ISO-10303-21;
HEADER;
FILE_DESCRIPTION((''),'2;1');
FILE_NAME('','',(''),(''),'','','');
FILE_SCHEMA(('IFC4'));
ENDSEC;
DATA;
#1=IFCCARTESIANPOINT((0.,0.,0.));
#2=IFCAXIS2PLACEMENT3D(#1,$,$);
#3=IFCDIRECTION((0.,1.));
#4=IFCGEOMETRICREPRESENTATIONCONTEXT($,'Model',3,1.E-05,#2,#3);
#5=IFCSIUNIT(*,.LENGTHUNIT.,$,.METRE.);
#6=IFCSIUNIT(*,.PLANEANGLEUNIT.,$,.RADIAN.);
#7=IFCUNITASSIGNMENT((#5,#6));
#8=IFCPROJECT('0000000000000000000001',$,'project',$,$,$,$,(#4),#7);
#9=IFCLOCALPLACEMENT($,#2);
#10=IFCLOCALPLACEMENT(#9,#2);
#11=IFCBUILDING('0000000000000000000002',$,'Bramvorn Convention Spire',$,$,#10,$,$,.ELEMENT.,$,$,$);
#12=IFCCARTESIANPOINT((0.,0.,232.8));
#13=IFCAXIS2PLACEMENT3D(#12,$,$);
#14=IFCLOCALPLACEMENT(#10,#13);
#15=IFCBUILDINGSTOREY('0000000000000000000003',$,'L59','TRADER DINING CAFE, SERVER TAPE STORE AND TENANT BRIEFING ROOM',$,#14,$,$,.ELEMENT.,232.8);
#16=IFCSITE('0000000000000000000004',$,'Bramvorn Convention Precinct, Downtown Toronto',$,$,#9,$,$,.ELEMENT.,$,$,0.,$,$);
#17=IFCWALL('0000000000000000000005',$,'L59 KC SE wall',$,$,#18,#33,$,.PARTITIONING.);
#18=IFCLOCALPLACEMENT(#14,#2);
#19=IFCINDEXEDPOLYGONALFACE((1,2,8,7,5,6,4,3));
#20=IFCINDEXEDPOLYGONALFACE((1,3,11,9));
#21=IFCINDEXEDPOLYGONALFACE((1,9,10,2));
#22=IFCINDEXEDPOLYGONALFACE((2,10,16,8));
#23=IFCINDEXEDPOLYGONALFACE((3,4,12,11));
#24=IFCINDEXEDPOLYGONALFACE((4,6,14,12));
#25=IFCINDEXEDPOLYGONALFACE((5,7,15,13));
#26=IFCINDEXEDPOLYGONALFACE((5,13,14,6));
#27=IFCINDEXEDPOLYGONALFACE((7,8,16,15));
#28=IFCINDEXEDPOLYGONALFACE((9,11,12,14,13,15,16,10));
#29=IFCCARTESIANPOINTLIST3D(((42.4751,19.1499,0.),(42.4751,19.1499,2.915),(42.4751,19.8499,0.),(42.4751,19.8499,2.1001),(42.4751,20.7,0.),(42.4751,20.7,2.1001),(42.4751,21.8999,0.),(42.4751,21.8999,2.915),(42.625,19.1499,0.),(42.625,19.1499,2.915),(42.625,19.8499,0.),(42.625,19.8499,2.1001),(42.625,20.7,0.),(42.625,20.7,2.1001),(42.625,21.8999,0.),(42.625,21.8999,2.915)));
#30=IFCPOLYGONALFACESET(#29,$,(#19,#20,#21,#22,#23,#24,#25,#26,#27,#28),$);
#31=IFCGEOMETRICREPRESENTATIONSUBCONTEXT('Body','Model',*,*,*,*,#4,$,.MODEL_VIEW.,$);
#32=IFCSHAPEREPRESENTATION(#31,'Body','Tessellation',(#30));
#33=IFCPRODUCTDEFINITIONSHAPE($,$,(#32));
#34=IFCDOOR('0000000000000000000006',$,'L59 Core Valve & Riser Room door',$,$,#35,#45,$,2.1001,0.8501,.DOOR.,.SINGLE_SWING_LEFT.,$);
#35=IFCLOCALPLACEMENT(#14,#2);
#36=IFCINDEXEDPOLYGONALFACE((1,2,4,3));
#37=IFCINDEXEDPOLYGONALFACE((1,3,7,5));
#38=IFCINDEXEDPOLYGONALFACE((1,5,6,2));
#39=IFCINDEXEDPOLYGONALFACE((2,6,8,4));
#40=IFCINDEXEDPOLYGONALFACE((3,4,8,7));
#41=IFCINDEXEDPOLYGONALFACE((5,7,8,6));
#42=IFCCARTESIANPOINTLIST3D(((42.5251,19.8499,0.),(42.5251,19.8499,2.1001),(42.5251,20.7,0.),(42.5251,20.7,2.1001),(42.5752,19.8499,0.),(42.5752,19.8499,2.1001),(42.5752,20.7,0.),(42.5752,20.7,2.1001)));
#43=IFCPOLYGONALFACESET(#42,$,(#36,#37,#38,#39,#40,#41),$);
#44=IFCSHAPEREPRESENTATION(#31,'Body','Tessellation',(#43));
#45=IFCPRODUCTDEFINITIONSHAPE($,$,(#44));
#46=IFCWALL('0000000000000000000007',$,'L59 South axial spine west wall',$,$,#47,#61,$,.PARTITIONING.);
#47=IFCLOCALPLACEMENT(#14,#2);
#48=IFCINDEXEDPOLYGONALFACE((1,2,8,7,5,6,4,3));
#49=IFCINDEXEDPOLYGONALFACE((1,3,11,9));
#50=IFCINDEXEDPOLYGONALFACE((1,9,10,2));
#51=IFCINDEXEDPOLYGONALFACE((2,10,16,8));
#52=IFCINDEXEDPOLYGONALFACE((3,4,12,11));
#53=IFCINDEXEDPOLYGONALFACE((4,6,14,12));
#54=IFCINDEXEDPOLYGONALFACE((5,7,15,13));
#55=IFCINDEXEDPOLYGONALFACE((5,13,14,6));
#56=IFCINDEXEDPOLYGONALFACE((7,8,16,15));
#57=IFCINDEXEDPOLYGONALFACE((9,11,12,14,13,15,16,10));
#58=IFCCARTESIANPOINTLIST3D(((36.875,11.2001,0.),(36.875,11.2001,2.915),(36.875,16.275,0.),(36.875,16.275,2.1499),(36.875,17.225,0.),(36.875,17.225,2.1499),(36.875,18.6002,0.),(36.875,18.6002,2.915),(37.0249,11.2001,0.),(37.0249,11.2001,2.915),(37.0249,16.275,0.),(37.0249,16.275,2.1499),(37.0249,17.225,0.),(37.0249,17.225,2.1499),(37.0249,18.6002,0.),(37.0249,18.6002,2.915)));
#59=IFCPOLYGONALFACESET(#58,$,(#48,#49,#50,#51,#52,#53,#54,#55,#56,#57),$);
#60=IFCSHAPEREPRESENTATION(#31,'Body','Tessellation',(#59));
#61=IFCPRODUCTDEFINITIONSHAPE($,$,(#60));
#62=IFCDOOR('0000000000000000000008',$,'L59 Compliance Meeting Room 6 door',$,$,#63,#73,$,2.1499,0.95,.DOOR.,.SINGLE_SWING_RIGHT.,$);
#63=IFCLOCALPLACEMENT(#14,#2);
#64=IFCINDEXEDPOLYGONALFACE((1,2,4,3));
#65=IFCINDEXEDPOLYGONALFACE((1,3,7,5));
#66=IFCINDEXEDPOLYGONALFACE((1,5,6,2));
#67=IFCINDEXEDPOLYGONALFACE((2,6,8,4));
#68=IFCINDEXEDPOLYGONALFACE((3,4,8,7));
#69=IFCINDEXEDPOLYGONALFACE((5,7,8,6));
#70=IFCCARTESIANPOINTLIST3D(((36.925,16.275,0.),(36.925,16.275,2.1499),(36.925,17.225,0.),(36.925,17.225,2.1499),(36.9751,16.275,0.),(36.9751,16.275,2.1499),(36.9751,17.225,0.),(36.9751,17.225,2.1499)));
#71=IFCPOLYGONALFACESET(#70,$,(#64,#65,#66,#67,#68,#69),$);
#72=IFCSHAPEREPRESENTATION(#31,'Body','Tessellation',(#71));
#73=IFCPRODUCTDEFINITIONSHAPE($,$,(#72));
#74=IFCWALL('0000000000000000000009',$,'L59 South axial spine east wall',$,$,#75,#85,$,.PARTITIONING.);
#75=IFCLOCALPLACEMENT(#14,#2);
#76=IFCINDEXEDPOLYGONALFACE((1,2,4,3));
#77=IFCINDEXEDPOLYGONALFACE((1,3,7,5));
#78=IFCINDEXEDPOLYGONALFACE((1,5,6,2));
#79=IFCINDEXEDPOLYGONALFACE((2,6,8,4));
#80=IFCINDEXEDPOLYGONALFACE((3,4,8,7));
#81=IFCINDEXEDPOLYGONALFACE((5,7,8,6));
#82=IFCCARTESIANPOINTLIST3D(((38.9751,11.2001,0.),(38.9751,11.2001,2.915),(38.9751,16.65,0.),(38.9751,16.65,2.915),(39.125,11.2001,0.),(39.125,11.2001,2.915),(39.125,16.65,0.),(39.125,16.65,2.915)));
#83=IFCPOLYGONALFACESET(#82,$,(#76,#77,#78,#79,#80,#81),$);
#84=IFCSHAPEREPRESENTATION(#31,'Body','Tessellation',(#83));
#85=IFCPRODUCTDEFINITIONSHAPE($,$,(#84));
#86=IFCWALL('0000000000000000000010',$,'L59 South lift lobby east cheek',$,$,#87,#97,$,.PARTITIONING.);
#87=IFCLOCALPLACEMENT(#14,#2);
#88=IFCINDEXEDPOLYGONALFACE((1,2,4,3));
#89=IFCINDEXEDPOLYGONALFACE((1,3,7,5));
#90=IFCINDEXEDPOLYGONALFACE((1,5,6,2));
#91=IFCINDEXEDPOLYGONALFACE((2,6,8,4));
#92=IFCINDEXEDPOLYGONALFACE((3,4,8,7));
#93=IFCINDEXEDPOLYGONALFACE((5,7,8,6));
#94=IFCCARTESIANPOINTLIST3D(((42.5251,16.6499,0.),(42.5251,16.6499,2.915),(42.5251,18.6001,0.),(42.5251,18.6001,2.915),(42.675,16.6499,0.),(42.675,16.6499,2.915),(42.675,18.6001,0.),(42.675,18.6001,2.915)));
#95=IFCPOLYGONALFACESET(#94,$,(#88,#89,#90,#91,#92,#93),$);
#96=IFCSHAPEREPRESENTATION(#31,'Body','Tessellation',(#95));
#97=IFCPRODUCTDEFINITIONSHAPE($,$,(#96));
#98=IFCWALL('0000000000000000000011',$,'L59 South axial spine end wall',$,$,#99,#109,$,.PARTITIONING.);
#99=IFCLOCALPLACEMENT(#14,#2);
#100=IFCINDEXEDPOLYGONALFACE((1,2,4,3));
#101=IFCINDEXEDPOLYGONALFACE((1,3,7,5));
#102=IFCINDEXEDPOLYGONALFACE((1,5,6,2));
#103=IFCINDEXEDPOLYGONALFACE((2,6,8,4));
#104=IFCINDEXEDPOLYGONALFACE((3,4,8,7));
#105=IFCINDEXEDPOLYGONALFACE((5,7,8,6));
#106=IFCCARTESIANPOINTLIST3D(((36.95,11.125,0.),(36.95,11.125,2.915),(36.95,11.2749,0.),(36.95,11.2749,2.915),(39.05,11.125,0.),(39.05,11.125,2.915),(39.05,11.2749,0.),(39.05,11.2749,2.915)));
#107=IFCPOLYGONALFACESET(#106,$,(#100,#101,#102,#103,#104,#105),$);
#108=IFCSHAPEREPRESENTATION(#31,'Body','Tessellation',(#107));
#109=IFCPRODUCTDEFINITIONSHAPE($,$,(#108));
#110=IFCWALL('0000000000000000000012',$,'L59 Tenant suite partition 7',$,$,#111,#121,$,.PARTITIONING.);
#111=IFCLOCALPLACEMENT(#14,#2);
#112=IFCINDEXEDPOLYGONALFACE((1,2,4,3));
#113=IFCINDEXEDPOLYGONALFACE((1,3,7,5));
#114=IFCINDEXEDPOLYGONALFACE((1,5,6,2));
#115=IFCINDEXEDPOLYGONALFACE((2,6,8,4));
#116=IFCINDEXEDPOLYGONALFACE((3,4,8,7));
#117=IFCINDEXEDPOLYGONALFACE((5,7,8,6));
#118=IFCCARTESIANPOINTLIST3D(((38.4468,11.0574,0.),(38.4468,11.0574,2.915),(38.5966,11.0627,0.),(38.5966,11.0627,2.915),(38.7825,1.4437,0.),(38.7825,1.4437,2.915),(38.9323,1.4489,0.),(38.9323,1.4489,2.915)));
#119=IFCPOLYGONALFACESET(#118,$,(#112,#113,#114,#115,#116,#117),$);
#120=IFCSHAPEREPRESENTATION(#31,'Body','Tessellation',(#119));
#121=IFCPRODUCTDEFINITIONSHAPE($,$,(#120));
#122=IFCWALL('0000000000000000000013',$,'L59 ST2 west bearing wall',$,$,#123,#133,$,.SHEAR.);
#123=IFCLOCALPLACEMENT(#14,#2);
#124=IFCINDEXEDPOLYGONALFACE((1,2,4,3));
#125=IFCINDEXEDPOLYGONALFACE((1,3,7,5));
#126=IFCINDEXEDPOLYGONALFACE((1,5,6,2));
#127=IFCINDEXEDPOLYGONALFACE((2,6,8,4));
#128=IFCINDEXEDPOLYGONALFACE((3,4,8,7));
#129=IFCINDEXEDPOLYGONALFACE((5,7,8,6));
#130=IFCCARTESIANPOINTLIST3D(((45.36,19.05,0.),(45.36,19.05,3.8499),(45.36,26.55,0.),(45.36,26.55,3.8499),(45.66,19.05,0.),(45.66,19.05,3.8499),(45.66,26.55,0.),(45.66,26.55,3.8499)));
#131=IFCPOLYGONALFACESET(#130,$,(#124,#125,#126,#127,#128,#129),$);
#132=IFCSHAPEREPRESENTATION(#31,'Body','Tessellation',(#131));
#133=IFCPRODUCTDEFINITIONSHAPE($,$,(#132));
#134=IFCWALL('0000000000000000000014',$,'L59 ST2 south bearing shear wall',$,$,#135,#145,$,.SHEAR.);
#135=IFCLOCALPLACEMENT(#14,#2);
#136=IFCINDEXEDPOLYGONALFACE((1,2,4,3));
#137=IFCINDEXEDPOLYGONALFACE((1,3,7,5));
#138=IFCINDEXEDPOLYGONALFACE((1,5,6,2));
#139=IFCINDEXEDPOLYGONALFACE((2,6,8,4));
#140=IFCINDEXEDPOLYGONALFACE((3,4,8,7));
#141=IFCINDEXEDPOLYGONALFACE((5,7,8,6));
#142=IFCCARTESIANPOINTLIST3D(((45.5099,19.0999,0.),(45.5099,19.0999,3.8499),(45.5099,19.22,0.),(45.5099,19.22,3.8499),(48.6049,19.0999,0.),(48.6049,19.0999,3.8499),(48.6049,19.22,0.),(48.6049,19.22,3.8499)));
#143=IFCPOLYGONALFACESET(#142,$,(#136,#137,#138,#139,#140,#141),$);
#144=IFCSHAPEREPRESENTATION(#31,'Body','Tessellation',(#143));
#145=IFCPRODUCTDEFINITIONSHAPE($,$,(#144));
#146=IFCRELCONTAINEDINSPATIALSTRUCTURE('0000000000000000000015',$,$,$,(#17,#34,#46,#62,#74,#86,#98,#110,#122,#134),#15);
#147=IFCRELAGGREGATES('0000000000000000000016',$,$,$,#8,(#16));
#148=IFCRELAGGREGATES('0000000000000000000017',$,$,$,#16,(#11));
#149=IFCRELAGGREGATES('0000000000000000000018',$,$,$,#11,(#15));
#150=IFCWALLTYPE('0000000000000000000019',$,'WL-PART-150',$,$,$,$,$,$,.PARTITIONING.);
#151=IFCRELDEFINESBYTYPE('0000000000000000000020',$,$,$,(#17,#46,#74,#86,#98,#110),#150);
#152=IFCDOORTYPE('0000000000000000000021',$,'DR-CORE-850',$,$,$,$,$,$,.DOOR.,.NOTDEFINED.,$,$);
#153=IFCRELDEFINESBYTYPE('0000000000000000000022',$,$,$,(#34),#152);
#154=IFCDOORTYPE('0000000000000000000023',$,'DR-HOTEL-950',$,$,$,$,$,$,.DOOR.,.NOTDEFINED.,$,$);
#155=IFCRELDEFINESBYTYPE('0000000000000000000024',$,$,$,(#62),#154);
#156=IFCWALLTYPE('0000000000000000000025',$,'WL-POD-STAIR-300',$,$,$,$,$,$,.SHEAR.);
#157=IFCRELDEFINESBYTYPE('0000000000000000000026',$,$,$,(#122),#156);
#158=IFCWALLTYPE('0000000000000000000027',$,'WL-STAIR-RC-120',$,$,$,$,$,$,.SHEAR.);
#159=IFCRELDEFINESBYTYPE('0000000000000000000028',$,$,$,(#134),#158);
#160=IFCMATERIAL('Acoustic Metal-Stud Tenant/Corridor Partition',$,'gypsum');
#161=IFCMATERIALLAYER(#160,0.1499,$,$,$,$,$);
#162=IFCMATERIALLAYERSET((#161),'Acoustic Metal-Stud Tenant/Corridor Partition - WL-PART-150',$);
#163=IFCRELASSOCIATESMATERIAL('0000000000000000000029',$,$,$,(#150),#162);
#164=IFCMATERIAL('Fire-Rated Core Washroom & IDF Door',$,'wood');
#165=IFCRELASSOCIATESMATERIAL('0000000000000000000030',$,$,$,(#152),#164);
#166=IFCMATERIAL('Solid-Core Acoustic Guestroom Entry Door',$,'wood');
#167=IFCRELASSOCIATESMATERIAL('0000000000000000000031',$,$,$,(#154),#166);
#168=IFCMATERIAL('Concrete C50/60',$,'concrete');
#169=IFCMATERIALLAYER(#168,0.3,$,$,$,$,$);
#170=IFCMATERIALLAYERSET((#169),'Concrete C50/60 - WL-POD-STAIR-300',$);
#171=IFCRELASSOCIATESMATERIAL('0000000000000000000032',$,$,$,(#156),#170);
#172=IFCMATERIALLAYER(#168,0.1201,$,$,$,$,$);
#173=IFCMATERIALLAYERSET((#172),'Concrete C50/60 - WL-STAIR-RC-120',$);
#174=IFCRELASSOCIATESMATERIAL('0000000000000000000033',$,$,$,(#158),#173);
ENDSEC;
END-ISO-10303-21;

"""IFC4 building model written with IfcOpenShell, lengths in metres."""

from ifc_helpers import new_model, si_unit, direction, frame, frame_2d, origin, place, context, subcontext, project, spatial, rectangle, extrude, material, layer, layer_set, type_object, element, fill, save


model = new_model("IFC4")

# Units and contexts
model_context = context("Model", 3, precision=1e-05, world=origin(), true_north=direction((0.0, 1.0)))
body_context = subcontext(model_context, "Body", "Model", "MODEL_VIEW")
ifc_project = project(units=[si_unit("LENGTHUNIT", "METRE"), si_unit("PLANEANGLEUNIT", "RADIAN")], contexts=[model_context])

# Site, building, storey
site_placement = place(None, origin())
site = spatial("IfcSite", under=ifc_project, at=site_placement, Name="Bramvorn Convention Precinct, Downtown Toronto", CompositionType="ELEMENT", RefElevation=0.0)
building_placement = place(site_placement, origin())
building = spatial("IfcBuilding", under=site, at=building_placement, Name="Bramvorn Convention Spire", CompositionType="ELEMENT")
storey_placement = place(building_placement, frame((0.0, 0.0, 232.8)))
storey = spatial("IfcBuildingStorey", under=building, at=storey_placement, Name="L59", Description="TRADER DINING CAFE, SERVER TAPE STORE AND TENANT BRIEFING ROOM", CompositionType="ELEMENT", Elevation=232.8)

# Shared definitions
ifc_material_1 = material(Name="Concrete C50/60", Category="concrete")

# Walls, openings, doors
ifc_material_2 = material(Name="Acoustic Metal-Stud Tenant/Corridor Partition", Category="gypsum")
ifc_layer_1 = layer(ifc_material_2, 0.1499)
ifc_layer_set_1 = layer_set([ifc_layer_1], Name="Acoustic Metal-Stud Tenant/Corridor Partition - WL-PART-150")
wall_type_1 = type_object("IfcWallType", Name="WL-PART-150", PredefinedType="PARTITIONING", material=ifc_layer_set_1)
wall_1_placement = place(storey_placement, frame((42.55, 19.1499, 0.0), z_axis=(0.0, 0.0, 1.0), x_axis=(0.0, 1.0, 0.0)))
wall_1 = element("IfcWall", 1, at=wall_1_placement, inside=storey, type_object=wall_type_1, Name="L59 KC SE wall", PredefinedType="PARTITIONING", context=body_context, shape_type="SweptSolid", body=[
    extrude(rectangle(XDim=2.75, YDim=0.1499, at=frame_2d((1.375, 0.0))), origin(), (0.0, 0.0, 1.0), 2.915),
])
opening_1_placement = place(wall_1_placement, frame((0.7, 0.0, 0.0)))
opening_1 = element("IfcOpeningElement", 2, at=opening_1_placement, cuts=wall_1, PredefinedType="OPENING", context=body_context, shape_type="SweptSolid", body=[
    extrude(rectangle(XDim=0.8501, YDim=2.1001, at=frame_2d((0.425, 1.05))), frame((0.0, 0.085, 0.0), z_axis=(0.0, -1.0, 0.0), x_axis=(1.0, 0.0, 0.0)), (0.0, 0.0, 1.0), 0.1699),
])
ifc_material_3 = material(Name="Fire-Rated Core Washroom & IDF Door", Category="wood")
door_type_1 = type_object("IfcDoorType", Name="DR-CORE-850", OperationType="NOTDEFINED", PredefinedType="DOOR", material=ifc_material_3)
door_1_placement = place(opening_1_placement, origin())
door_1 = element("IfcDoor", 3, at=door_1_placement, inside=storey, type_object=door_type_1, Name="L59 Core Valve & Riser Room door", OperationType="SINGLE_SWING_LEFT", OverallHeight=2.1001, OverallWidth=0.8501, PredefinedType="DOOR", context=body_context, shape_type="SweptSolid", body=[
    extrude(rectangle(XDim=0.8501, YDim=2.1001, at=frame_2d((0.425, 1.05))), frame((0.0, 0.0249, 0.0), z_axis=(0.0, -1.0, 0.0), x_axis=(1.0, 0.0, 0.0)), (0.0, 0.0, 1.0), 0.05),
])
fill(opening_1, door_1)
wall_2_placement = place(storey_placement, frame((36.95, 11.2, 0.0), z_axis=(0.0, 0.0, 1.0), x_axis=(0.0, 1.0, 0.0)))
wall_2 = element("IfcWall", 4, at=wall_2_placement, inside=storey, type_object=wall_type_1, Name="L59 South axial spine west wall", PredefinedType="PARTITIONING", context=body_context, shape_type="SweptSolid", body=[
    extrude(rectangle(XDim=7.4001, YDim=0.1499, at=frame_2d((3.7002, 0.0))), origin(), (0.0, 0.0, 1.0), 2.915),
])
opening_2_placement = place(wall_2_placement, frame((5.075, 0.0, 0.0)))
opening_2 = element("IfcOpeningElement", 5, at=opening_2_placement, cuts=wall_2, PredefinedType="OPENING", context=body_context, shape_type="SweptSolid", body=[
    extrude(rectangle(XDim=0.95, YDim=2.1499, at=frame_2d((0.4751, 1.075))), frame((0.0, 0.085, 0.0), z_axis=(0.0, -1.0, 0.0), x_axis=(1.0, 0.0, 0.0)), (0.0, 0.0, 1.0), 0.1699),
])
ifc_material_4 = material(Name="Solid-Core Acoustic Guestroom Entry Door", Category="wood")
door_type_2 = type_object("IfcDoorType", Name="DR-HOTEL-950", OperationType="NOTDEFINED", PredefinedType="DOOR", material=ifc_material_4)
door_2_placement = place(opening_2_placement, origin())
door_2 = element("IfcDoor", 6, at=door_2_placement, inside=storey, type_object=door_type_2, Name="L59 Compliance Meeting Room 6 door", OperationType="SINGLE_SWING_RIGHT", OverallHeight=2.1499, OverallWidth=0.95, PredefinedType="DOOR", context=body_context, shape_type="SweptSolid", body=[
    extrude(rectangle(XDim=0.95, YDim=2.1499, at=frame_2d((0.4751, 1.075))), frame((0.0, 0.0249, 0.0), z_axis=(0.0, -1.0, 0.0), x_axis=(1.0, 0.0, 0.0)), (0.0, 0.0, 1.0), 0.05),
])
fill(opening_2, door_2)

# Wall
wall_3_placement = place(storey_placement, frame((39.05, 11.2, 0.0), z_axis=(0.0, 0.0, 1.0), x_axis=(0.0, 1.0, 0.0)))
element("IfcWall", 7, at=wall_3_placement, inside=storey, type_object=wall_type_1, Name="L59 South axial spine east wall", PredefinedType="PARTITIONING", context=body_context, shape_type="SweptSolid", body=[
    extrude(rectangle(XDim=5.45, YDim=0.1499, at=frame_2d((2.7251, 0.0))), origin(), (0.0, 0.0, 1.0), 2.915),
])

# Walls
wall_4_placement = place(storey_placement, frame((42.6001, 16.6499, 0.0), z_axis=(0.0, 0.0, 1.0), x_axis=(0.0, 1.0, 0.0)))
element("IfcWall", 8, at=wall_4_placement, inside=storey, type_object=wall_type_1, Name="L59 South lift lobby east cheek", PredefinedType="PARTITIONING", context=body_context, shape_type="SweptSolid", body=[
    extrude(rectangle(XDim=1.9502, YDim=0.1499, at=frame_2d((0.9751, 0.0))), origin(), (0.0, 0.0, 1.0), 2.915),
])
wall_5_placement = place(storey_placement, frame((36.95, 11.2, 0.0), z_axis=(0.0, 0.0, 1.0), x_axis=(1.0, 0.0, 0.0)))
element("IfcWall", 9, at=wall_5_placement, inside=storey, type_object=wall_type_1, Name="L59 South axial spine end wall", PredefinedType="PARTITIONING", context=body_context, shape_type="SweptSolid", body=[
    extrude(rectangle(XDim=2.1001, YDim=0.1499, at=frame_2d((1.05, 0.0))), origin(), (0.0, 0.0, 1.0), 2.915),
])
wall_6_placement = place(storey_placement, frame((38.5217, 11.0601, 0.0), z_axis=(0.0, 0.0, 1.0), x_axis=(0.034897, -0.999391, 0.0)))
element("IfcWall", 10, at=wall_6_placement, inside=storey, type_object=wall_type_1, Name="L59 Tenant suite partition 7", PredefinedType="PARTITIONING", context=body_context, shape_type="SweptSolid", body=[
    extrude(rectangle(XDim=9.6196, YDim=0.1499, at=frame_2d((4.8098, 0.0))), origin(), (0.0, 0.0, 1.0), 2.915),
])
ifc_layer_2 = layer(ifc_material_1, 0.3)
ifc_layer_set_2 = layer_set([ifc_layer_2], Name="Concrete C50/60 - WL-POD-STAIR-300")
wall_type_2 = type_object("IfcWallType", Name="WL-POD-STAIR-300", PredefinedType="SHEAR", material=ifc_layer_set_2)
wall_7_placement = place(storey_placement, frame((45.51, 19.05, 0.0), z_axis=(0.0, 0.0, 1.0), x_axis=(0.0, 1.0, 0.0)))
element("IfcWall", 11, at=wall_7_placement, inside=storey, type_object=wall_type_2, Name="L59 ST2 west bearing wall", PredefinedType="SHEAR", context=body_context, shape_type="SweptSolid", body=[
    extrude(rectangle(XDim=7.5, YDim=0.3, at=frame_2d((3.75, 0.0))), origin(), (0.0, 0.0, 1.0), 3.8499),
])
ifc_layer_3 = layer(ifc_material_1, 0.1201)
ifc_layer_set_3 = layer_set([ifc_layer_3], Name="Concrete C50/60 - WL-STAIR-RC-120")
wall_type_3 = type_object("IfcWallType", Name="WL-STAIR-RC-120", PredefinedType="SHEAR", material=ifc_layer_set_3)
wall_8_placement = place(storey_placement, frame((45.51, 19.1599, 0.0), z_axis=(0.0, 0.0, 1.0), x_axis=(1.0, 0.0, 0.0)))
element("IfcWall", 12, at=wall_8_placement, inside=storey, type_object=wall_type_3, Name="L59 ST2 south bearing shear wall", PredefinedType="SHEAR", context=body_context, shape_type="SweptSolid", body=[
    extrude(rectangle(XDim=3.095, YDim=0.1201, at=frame_2d((1.5474, 0.0))), origin(), (0.0, 0.0, 1.0), 3.8499),
])

save(model, "model.ifc")
